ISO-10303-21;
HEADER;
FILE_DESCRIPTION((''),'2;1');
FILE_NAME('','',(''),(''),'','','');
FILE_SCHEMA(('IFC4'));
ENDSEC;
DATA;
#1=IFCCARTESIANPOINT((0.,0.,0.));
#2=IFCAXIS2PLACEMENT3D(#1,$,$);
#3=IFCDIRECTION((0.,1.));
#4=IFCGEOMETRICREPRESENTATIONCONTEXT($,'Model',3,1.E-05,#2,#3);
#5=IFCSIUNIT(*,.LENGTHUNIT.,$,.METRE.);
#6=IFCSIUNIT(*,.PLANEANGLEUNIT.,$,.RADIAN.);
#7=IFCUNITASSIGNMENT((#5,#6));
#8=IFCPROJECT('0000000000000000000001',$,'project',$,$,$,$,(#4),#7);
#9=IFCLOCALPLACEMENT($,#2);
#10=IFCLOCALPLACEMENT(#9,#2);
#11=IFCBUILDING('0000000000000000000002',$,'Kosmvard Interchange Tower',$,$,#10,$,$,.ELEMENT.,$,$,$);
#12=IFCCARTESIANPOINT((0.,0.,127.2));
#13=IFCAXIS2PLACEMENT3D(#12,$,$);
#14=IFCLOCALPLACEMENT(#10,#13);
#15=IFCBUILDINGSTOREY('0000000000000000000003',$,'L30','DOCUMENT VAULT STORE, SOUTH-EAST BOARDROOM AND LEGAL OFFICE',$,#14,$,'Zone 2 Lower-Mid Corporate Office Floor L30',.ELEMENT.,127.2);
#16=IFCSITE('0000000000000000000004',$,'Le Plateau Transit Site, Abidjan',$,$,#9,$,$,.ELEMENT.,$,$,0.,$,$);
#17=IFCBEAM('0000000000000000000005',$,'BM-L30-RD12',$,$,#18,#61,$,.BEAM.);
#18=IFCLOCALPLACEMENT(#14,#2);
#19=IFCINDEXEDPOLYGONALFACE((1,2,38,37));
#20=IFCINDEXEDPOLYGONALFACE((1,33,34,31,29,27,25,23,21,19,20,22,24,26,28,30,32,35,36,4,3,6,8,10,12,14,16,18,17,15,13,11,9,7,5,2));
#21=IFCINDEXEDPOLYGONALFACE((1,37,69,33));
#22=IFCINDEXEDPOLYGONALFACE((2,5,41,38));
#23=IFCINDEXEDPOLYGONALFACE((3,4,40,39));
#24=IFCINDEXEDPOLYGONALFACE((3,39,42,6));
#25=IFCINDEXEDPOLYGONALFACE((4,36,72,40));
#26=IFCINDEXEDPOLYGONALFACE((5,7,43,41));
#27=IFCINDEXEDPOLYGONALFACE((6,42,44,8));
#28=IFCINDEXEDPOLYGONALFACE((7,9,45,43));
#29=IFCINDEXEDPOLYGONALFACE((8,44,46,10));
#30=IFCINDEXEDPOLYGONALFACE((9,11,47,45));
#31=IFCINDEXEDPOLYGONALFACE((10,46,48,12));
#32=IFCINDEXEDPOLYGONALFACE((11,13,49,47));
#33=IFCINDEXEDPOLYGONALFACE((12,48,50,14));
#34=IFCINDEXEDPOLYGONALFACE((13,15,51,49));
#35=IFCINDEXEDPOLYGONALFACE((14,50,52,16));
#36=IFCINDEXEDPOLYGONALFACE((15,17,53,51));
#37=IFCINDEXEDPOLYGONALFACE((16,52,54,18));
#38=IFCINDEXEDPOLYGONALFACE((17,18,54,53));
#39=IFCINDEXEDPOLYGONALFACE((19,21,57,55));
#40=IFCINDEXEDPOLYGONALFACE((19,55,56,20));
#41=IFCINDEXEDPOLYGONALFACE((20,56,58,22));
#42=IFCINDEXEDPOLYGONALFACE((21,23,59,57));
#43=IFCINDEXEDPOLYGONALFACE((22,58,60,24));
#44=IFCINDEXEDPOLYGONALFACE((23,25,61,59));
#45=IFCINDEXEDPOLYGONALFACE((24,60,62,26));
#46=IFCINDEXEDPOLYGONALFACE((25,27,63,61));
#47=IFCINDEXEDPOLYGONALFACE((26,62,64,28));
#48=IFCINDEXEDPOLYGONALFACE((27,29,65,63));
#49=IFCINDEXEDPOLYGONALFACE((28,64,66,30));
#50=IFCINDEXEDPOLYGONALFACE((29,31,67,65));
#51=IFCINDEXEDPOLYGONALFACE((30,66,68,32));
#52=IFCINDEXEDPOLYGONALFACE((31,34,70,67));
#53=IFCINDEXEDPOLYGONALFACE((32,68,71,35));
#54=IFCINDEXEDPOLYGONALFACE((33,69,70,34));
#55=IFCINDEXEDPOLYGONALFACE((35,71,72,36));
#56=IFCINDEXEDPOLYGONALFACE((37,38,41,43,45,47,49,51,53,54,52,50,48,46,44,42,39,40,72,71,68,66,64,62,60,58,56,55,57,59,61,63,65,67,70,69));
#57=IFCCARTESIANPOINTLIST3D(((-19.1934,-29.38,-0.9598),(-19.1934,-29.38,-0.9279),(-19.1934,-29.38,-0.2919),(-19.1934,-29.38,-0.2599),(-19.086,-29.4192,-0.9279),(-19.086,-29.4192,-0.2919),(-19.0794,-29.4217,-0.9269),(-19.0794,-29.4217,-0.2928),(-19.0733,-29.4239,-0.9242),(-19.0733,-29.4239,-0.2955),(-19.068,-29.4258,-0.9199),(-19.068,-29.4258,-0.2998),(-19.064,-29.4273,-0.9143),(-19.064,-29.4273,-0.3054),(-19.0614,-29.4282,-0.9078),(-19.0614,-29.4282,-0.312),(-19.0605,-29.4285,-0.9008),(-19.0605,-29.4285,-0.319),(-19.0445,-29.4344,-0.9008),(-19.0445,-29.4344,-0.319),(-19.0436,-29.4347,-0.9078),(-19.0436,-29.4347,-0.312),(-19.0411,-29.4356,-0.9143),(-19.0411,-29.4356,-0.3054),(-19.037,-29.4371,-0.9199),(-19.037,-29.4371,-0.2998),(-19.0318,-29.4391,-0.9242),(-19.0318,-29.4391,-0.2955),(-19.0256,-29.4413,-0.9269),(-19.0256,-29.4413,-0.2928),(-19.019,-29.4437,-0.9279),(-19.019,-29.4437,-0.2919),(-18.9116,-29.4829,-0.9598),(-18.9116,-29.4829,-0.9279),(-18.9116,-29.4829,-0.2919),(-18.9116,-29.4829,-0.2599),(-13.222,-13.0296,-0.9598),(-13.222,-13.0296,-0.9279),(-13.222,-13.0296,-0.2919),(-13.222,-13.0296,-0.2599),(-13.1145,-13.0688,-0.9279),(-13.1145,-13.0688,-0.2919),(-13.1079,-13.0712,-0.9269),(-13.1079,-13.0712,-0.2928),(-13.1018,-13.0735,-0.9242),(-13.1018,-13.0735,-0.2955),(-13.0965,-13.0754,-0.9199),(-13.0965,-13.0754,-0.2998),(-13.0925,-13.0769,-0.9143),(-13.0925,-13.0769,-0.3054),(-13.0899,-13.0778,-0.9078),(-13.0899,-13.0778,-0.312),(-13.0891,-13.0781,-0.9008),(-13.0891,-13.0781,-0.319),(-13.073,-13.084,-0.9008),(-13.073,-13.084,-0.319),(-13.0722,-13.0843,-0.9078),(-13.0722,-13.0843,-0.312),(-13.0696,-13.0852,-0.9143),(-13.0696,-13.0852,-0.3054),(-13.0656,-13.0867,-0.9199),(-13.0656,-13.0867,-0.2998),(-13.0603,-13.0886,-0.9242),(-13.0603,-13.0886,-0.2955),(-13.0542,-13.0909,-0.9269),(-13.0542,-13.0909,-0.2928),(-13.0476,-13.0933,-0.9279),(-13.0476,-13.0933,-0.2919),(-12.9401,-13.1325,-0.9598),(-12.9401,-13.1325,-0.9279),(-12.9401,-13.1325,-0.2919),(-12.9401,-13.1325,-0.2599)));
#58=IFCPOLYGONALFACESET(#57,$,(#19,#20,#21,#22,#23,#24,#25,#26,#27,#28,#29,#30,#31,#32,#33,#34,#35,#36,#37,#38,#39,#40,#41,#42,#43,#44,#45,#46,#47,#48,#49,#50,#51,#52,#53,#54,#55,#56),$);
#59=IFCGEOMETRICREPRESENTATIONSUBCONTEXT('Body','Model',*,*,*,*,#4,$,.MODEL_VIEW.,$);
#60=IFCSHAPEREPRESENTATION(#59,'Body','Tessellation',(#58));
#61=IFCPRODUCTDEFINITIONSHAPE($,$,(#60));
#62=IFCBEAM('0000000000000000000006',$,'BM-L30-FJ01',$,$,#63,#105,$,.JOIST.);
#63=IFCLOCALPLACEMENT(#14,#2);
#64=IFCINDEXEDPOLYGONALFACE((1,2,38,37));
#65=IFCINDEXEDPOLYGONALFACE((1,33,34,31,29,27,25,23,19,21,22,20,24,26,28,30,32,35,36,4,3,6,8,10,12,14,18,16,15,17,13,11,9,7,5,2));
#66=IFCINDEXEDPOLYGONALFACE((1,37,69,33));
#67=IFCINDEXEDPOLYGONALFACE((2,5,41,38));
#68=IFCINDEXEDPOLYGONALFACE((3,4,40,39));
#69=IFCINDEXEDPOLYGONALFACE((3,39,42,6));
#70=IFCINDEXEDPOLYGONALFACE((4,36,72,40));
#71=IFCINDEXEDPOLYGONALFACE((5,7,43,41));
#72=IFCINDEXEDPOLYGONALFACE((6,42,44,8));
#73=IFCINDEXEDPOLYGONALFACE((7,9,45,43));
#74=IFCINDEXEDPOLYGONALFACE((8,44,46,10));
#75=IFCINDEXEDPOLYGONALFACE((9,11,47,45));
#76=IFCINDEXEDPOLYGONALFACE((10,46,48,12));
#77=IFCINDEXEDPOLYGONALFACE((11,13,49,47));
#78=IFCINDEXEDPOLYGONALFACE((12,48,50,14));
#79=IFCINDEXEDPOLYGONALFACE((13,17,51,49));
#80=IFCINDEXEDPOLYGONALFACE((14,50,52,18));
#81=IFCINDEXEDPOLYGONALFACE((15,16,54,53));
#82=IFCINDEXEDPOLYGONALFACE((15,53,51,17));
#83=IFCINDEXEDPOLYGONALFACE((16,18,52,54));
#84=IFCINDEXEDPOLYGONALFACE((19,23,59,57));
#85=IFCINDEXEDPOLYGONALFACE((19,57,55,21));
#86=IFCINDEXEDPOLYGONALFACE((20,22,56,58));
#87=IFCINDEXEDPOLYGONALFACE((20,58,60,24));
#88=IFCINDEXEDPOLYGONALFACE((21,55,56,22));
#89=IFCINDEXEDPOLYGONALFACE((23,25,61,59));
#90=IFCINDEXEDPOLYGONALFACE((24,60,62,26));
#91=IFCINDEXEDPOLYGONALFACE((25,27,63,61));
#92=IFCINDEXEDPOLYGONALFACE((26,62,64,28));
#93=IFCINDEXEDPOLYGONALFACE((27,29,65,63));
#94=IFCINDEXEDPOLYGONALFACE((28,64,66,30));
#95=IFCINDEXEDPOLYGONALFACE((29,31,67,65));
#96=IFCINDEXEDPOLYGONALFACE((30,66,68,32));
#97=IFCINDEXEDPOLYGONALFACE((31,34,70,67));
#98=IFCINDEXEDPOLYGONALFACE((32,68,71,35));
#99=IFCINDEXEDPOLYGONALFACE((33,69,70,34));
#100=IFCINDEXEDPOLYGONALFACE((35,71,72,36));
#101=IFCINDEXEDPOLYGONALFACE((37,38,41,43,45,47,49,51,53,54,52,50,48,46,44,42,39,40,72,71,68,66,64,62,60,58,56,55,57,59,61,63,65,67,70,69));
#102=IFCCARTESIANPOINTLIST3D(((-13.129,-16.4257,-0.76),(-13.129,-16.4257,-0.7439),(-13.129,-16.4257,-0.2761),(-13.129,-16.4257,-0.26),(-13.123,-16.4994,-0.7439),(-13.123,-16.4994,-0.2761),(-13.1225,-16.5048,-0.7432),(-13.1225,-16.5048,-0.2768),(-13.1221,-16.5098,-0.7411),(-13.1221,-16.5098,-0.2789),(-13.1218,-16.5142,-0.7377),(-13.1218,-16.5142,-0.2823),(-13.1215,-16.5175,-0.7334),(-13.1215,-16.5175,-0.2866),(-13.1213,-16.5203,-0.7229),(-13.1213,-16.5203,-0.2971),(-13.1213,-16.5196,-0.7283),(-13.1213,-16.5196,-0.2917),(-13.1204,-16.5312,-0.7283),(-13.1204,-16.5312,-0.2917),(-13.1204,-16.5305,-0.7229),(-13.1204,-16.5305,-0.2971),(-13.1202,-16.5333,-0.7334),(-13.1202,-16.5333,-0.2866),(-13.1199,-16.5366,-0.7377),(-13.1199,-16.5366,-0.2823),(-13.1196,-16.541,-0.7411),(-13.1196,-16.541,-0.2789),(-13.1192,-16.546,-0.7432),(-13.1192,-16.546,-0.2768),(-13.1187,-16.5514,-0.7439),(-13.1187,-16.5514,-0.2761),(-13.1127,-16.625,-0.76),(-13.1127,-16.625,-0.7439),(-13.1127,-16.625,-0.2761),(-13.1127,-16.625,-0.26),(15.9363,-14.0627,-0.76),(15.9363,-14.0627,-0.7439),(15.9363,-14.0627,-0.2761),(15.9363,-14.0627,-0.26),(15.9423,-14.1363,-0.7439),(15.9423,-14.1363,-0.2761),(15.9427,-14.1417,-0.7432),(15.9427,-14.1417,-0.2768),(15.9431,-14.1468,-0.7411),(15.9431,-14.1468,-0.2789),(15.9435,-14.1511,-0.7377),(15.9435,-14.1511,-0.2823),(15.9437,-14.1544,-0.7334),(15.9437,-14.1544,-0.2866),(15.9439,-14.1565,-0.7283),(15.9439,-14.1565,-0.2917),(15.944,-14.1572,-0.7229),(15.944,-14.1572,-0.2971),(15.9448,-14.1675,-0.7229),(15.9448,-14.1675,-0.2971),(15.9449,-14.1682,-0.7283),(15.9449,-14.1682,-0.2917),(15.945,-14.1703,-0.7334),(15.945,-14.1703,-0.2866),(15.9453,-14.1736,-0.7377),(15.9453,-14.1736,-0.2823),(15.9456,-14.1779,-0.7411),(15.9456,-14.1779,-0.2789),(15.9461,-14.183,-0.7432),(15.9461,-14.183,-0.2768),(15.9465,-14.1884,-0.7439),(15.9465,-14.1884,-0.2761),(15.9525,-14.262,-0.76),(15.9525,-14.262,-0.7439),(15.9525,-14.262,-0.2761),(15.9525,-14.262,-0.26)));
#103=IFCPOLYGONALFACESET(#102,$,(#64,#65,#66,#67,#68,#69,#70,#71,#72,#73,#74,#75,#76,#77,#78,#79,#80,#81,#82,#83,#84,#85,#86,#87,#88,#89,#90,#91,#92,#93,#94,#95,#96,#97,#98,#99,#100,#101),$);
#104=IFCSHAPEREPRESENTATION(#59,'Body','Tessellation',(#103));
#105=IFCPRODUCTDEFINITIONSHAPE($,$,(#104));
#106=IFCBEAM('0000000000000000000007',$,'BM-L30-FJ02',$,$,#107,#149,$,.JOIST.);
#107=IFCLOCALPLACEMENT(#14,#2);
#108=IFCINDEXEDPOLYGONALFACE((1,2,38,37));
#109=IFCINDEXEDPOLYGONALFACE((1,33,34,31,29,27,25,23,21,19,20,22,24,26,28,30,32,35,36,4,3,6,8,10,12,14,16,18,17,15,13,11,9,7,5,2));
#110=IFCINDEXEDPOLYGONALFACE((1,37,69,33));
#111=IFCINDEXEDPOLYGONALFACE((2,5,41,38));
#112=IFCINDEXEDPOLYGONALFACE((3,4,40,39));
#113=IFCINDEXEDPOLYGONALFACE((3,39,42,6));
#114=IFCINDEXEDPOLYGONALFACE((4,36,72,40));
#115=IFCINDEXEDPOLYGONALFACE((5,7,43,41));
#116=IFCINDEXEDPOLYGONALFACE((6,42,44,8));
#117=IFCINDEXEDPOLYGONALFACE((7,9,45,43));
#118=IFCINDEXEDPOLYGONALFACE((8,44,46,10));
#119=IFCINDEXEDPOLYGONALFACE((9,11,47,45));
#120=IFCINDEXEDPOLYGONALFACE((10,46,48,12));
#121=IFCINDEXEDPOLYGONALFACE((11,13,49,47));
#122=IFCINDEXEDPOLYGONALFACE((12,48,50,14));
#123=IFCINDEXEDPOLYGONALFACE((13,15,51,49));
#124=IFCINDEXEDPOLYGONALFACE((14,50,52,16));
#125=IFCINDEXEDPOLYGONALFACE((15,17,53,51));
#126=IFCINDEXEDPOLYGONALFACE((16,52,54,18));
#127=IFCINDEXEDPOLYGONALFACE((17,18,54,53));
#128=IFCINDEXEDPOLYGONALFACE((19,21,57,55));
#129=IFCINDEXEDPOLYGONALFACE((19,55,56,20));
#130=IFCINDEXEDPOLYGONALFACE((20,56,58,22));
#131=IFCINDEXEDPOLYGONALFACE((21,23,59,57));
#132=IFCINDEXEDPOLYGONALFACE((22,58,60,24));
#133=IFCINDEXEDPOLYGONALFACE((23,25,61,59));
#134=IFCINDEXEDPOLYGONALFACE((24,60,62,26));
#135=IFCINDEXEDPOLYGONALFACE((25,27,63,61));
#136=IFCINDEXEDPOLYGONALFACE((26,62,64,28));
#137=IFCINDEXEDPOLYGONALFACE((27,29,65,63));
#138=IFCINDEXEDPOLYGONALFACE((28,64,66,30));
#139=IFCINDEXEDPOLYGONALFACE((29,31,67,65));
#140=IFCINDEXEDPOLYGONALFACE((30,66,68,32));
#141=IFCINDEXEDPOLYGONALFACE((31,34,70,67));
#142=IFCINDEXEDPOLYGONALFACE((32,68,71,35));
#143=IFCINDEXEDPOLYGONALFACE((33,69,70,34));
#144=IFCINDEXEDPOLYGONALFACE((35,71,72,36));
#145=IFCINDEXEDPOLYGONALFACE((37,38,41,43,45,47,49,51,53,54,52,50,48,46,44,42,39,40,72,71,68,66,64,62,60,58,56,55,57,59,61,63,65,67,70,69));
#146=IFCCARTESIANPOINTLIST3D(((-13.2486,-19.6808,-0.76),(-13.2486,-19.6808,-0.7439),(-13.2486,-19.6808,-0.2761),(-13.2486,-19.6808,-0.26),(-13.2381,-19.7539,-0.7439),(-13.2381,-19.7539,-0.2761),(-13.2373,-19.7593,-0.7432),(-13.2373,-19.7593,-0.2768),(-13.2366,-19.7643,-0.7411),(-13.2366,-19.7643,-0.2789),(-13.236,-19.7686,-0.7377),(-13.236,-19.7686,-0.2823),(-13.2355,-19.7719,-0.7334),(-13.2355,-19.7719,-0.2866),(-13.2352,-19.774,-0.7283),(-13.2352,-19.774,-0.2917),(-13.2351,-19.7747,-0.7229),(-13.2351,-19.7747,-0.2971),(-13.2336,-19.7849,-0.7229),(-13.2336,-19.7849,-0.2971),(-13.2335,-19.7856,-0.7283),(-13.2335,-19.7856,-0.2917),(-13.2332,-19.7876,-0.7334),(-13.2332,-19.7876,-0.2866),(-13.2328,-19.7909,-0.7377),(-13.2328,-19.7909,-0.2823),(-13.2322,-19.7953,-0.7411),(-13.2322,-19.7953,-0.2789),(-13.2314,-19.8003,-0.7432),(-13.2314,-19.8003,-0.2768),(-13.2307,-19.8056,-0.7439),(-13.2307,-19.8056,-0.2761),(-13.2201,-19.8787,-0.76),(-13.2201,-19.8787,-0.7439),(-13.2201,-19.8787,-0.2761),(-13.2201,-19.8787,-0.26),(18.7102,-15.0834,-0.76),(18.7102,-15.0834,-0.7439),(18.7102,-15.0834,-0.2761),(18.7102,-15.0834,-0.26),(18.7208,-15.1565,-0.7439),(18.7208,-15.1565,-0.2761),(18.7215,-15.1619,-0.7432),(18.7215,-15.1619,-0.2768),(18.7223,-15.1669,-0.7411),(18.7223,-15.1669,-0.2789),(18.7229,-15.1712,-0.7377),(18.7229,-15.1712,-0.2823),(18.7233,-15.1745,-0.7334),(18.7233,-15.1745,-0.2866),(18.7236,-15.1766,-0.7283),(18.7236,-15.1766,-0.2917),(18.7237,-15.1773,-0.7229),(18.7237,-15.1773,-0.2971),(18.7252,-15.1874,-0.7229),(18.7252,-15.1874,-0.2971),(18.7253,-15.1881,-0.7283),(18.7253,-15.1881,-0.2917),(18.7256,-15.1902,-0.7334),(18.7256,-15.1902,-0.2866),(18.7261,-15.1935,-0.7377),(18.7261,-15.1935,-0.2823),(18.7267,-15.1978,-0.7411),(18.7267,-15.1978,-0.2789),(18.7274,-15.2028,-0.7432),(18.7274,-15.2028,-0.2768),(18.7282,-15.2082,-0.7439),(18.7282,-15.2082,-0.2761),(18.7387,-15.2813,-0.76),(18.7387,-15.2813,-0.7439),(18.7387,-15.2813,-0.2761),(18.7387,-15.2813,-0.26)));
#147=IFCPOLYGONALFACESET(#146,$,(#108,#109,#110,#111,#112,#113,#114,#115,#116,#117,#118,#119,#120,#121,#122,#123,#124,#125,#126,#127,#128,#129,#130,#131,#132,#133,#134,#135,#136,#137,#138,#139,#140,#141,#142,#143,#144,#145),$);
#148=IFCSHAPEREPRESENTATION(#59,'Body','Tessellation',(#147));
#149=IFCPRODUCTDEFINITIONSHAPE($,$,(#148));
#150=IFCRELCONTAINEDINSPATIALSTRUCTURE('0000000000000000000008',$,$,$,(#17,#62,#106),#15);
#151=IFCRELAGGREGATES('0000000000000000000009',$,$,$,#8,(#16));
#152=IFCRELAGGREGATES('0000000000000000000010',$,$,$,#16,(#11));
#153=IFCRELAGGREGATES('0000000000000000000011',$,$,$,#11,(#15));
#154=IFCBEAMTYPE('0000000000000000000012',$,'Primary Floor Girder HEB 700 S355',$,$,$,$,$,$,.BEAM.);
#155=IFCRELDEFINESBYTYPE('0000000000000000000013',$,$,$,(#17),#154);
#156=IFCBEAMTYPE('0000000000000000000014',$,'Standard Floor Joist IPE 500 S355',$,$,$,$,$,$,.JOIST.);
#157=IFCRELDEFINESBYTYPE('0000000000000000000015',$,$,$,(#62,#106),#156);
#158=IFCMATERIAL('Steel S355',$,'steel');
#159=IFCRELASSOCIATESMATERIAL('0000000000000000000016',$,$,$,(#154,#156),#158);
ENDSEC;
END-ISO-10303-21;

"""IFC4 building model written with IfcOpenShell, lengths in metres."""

from ifc_helpers import new_model, si_unit, direction, frame, origin, origin_2d, place, context, subcontext, project, spatial, i_section, extrude, source, transform, mapped, material, material_profile, profile_set, type_object, element, save


model = new_model("IFC4")

# Units and contexts
model_context = context("Model", 3, precision=1e-05, world=origin(), true_north=direction((0.0, 1.0)))
body_context = subcontext(model_context, "Body", "Model", "MODEL_VIEW")
ifc_project = project(units=[si_unit("LENGTHUNIT", "METRE"), si_unit("PLANEANGLEUNIT", "RADIAN")], contexts=[model_context])

# Site, building, storey
site_placement = place(None, origin())
site = spatial("IfcSite", under=ifc_project, at=site_placement, Name="Le Plateau Transit Site, Abidjan", CompositionType="ELEMENT", RefElevation=0.0)
building_placement = place(site_placement, origin())
building = spatial("IfcBuilding", under=site, at=building_placement, Name="Kosmvard Interchange Tower", CompositionType="ELEMENT")
storey_placement = place(building_placement, frame((0.0, 0.0, 127.2)))
storey = spatial("IfcBuildingStorey", under=building, at=storey_placement, Name="L30", Description="DOCUMENT VAULT STORE, SOUTH-EAST BOARDROOM AND LEGAL OFFICE", LongName="Zone 2 Lower-Mid Corporate Office Floor L30", CompositionType="ELEMENT", Elevation=127.2)

# Beams
ifc_material_1 = material(Name="Steel S355", Category="steel")
ifc_material_profile_1 = material_profile(ifc_material_1, i_section(OverallWidth=0.3, OverallDepth=0.7, WebThickness=0.0171, FlangeThickness=0.032, FilletRadius=0.0271, at=origin_2d()), Name="HEB 700")
ifc_profile_set_1 = profile_set([ifc_material_profile_1], Name="Steel S355")
beam_type_1 = type_object("IfcBeamType", Name="Primary Floor Girder HEB 700 S355", PredefinedType="BEAM", material=ifc_profile_set_1)
shared_shape_1 = source(origin(), body_context, "Body", "SweptSolid", [
    extrude(i_section(OverallWidth=0.3, OverallDepth=0.7, WebThickness=0.0171, FlangeThickness=0.032, FilletRadius=0.0271, at=origin_2d()), origin(), (0.0, 0.0, 1.0), 17.4067),
])
beam_1_placement = place(storey_placement, frame((-13.0811, -13.0811, -0.6099), z_axis=(-0.343055, -0.939315, 0.0), x_axis=(0.939315, -0.343055, 0.0)))
element("IfcBeam", 1, at=beam_1_placement, inside=storey, type_object=beam_type_1, Name="BM-L30-RD12", PredefinedType="BEAM", context=body_context, shape_type="MappedRepresentation", body=[
    mapped(shared_shape_1, transform((0.0, 0.0, 0.0), scale=1.0)),
])
ifc_material_profile_2 = material_profile(ifc_material_1, i_section(OverallWidth=0.2, OverallDepth=0.5, WebThickness=0.0103, FlangeThickness=0.0161, FilletRadius=0.021, at=origin_2d()), Name="IPE 500")
ifc_profile_set_2 = profile_set([ifc_material_profile_2], Name="Steel S355")
beam_type_2 = type_object("IfcBeamType", Name="Standard Floor Joist IPE 500 S355", PredefinedType="JOIST", material=ifc_profile_set_2)
shared_shape_2 = source(origin(), body_context, "Body", "SweptSolid", [
    extrude(i_section(OverallWidth=0.2, OverallDepth=0.5, WebThickness=0.0103, FlangeThickness=0.0161, FilletRadius=0.021, at=origin_2d()), origin(), (0.0, 0.0, 1.0), 29.1611),
])
beam_2_placement = place(storey_placement, frame((-13.1208, -16.5254, -0.51), z_axis=(0.996711, 0.081034, 0.0), x_axis=(-0.081034, 0.996711, 0.0)))
element("IfcBeam", 2, at=beam_2_placement, inside=storey, type_object=beam_type_2, Name="BM-L30-FJ01", PredefinedType="JOIST", context=body_context, shape_type="MappedRepresentation", body=[
    mapped(shared_shape_2, transform((0.0, 0.0, 0.0), scale=1.0)),
])
shared_shape_3 = source(origin(), body_context, "Body", "SweptSolid", [
    extrude(i_section(OverallWidth=0.2, OverallDepth=0.5, WebThickness=0.0103, FlangeThickness=0.0161, FilletRadius=0.021, at=origin_2d()), origin(), (0.0, 0.0, 1.0), 32.2878),
])
beam_3_placement = place(storey_placement, frame((-13.2344, -19.7798, -0.51), z_axis=(0.989811, 0.142389, 0.0), x_axis=(-0.142389, 0.989811, 0.0)))
element("IfcBeam", 3, at=beam_3_placement, inside=storey, type_object=beam_type_2, Name="BM-L30-FJ02", PredefinedType="JOIST", context=body_context, shape_type="MappedRepresentation", body=[
    mapped(shared_shape_3, transform((0.0, 0.0, 0.0), scale=1.0)),
])

save(model, "model.ifc")
